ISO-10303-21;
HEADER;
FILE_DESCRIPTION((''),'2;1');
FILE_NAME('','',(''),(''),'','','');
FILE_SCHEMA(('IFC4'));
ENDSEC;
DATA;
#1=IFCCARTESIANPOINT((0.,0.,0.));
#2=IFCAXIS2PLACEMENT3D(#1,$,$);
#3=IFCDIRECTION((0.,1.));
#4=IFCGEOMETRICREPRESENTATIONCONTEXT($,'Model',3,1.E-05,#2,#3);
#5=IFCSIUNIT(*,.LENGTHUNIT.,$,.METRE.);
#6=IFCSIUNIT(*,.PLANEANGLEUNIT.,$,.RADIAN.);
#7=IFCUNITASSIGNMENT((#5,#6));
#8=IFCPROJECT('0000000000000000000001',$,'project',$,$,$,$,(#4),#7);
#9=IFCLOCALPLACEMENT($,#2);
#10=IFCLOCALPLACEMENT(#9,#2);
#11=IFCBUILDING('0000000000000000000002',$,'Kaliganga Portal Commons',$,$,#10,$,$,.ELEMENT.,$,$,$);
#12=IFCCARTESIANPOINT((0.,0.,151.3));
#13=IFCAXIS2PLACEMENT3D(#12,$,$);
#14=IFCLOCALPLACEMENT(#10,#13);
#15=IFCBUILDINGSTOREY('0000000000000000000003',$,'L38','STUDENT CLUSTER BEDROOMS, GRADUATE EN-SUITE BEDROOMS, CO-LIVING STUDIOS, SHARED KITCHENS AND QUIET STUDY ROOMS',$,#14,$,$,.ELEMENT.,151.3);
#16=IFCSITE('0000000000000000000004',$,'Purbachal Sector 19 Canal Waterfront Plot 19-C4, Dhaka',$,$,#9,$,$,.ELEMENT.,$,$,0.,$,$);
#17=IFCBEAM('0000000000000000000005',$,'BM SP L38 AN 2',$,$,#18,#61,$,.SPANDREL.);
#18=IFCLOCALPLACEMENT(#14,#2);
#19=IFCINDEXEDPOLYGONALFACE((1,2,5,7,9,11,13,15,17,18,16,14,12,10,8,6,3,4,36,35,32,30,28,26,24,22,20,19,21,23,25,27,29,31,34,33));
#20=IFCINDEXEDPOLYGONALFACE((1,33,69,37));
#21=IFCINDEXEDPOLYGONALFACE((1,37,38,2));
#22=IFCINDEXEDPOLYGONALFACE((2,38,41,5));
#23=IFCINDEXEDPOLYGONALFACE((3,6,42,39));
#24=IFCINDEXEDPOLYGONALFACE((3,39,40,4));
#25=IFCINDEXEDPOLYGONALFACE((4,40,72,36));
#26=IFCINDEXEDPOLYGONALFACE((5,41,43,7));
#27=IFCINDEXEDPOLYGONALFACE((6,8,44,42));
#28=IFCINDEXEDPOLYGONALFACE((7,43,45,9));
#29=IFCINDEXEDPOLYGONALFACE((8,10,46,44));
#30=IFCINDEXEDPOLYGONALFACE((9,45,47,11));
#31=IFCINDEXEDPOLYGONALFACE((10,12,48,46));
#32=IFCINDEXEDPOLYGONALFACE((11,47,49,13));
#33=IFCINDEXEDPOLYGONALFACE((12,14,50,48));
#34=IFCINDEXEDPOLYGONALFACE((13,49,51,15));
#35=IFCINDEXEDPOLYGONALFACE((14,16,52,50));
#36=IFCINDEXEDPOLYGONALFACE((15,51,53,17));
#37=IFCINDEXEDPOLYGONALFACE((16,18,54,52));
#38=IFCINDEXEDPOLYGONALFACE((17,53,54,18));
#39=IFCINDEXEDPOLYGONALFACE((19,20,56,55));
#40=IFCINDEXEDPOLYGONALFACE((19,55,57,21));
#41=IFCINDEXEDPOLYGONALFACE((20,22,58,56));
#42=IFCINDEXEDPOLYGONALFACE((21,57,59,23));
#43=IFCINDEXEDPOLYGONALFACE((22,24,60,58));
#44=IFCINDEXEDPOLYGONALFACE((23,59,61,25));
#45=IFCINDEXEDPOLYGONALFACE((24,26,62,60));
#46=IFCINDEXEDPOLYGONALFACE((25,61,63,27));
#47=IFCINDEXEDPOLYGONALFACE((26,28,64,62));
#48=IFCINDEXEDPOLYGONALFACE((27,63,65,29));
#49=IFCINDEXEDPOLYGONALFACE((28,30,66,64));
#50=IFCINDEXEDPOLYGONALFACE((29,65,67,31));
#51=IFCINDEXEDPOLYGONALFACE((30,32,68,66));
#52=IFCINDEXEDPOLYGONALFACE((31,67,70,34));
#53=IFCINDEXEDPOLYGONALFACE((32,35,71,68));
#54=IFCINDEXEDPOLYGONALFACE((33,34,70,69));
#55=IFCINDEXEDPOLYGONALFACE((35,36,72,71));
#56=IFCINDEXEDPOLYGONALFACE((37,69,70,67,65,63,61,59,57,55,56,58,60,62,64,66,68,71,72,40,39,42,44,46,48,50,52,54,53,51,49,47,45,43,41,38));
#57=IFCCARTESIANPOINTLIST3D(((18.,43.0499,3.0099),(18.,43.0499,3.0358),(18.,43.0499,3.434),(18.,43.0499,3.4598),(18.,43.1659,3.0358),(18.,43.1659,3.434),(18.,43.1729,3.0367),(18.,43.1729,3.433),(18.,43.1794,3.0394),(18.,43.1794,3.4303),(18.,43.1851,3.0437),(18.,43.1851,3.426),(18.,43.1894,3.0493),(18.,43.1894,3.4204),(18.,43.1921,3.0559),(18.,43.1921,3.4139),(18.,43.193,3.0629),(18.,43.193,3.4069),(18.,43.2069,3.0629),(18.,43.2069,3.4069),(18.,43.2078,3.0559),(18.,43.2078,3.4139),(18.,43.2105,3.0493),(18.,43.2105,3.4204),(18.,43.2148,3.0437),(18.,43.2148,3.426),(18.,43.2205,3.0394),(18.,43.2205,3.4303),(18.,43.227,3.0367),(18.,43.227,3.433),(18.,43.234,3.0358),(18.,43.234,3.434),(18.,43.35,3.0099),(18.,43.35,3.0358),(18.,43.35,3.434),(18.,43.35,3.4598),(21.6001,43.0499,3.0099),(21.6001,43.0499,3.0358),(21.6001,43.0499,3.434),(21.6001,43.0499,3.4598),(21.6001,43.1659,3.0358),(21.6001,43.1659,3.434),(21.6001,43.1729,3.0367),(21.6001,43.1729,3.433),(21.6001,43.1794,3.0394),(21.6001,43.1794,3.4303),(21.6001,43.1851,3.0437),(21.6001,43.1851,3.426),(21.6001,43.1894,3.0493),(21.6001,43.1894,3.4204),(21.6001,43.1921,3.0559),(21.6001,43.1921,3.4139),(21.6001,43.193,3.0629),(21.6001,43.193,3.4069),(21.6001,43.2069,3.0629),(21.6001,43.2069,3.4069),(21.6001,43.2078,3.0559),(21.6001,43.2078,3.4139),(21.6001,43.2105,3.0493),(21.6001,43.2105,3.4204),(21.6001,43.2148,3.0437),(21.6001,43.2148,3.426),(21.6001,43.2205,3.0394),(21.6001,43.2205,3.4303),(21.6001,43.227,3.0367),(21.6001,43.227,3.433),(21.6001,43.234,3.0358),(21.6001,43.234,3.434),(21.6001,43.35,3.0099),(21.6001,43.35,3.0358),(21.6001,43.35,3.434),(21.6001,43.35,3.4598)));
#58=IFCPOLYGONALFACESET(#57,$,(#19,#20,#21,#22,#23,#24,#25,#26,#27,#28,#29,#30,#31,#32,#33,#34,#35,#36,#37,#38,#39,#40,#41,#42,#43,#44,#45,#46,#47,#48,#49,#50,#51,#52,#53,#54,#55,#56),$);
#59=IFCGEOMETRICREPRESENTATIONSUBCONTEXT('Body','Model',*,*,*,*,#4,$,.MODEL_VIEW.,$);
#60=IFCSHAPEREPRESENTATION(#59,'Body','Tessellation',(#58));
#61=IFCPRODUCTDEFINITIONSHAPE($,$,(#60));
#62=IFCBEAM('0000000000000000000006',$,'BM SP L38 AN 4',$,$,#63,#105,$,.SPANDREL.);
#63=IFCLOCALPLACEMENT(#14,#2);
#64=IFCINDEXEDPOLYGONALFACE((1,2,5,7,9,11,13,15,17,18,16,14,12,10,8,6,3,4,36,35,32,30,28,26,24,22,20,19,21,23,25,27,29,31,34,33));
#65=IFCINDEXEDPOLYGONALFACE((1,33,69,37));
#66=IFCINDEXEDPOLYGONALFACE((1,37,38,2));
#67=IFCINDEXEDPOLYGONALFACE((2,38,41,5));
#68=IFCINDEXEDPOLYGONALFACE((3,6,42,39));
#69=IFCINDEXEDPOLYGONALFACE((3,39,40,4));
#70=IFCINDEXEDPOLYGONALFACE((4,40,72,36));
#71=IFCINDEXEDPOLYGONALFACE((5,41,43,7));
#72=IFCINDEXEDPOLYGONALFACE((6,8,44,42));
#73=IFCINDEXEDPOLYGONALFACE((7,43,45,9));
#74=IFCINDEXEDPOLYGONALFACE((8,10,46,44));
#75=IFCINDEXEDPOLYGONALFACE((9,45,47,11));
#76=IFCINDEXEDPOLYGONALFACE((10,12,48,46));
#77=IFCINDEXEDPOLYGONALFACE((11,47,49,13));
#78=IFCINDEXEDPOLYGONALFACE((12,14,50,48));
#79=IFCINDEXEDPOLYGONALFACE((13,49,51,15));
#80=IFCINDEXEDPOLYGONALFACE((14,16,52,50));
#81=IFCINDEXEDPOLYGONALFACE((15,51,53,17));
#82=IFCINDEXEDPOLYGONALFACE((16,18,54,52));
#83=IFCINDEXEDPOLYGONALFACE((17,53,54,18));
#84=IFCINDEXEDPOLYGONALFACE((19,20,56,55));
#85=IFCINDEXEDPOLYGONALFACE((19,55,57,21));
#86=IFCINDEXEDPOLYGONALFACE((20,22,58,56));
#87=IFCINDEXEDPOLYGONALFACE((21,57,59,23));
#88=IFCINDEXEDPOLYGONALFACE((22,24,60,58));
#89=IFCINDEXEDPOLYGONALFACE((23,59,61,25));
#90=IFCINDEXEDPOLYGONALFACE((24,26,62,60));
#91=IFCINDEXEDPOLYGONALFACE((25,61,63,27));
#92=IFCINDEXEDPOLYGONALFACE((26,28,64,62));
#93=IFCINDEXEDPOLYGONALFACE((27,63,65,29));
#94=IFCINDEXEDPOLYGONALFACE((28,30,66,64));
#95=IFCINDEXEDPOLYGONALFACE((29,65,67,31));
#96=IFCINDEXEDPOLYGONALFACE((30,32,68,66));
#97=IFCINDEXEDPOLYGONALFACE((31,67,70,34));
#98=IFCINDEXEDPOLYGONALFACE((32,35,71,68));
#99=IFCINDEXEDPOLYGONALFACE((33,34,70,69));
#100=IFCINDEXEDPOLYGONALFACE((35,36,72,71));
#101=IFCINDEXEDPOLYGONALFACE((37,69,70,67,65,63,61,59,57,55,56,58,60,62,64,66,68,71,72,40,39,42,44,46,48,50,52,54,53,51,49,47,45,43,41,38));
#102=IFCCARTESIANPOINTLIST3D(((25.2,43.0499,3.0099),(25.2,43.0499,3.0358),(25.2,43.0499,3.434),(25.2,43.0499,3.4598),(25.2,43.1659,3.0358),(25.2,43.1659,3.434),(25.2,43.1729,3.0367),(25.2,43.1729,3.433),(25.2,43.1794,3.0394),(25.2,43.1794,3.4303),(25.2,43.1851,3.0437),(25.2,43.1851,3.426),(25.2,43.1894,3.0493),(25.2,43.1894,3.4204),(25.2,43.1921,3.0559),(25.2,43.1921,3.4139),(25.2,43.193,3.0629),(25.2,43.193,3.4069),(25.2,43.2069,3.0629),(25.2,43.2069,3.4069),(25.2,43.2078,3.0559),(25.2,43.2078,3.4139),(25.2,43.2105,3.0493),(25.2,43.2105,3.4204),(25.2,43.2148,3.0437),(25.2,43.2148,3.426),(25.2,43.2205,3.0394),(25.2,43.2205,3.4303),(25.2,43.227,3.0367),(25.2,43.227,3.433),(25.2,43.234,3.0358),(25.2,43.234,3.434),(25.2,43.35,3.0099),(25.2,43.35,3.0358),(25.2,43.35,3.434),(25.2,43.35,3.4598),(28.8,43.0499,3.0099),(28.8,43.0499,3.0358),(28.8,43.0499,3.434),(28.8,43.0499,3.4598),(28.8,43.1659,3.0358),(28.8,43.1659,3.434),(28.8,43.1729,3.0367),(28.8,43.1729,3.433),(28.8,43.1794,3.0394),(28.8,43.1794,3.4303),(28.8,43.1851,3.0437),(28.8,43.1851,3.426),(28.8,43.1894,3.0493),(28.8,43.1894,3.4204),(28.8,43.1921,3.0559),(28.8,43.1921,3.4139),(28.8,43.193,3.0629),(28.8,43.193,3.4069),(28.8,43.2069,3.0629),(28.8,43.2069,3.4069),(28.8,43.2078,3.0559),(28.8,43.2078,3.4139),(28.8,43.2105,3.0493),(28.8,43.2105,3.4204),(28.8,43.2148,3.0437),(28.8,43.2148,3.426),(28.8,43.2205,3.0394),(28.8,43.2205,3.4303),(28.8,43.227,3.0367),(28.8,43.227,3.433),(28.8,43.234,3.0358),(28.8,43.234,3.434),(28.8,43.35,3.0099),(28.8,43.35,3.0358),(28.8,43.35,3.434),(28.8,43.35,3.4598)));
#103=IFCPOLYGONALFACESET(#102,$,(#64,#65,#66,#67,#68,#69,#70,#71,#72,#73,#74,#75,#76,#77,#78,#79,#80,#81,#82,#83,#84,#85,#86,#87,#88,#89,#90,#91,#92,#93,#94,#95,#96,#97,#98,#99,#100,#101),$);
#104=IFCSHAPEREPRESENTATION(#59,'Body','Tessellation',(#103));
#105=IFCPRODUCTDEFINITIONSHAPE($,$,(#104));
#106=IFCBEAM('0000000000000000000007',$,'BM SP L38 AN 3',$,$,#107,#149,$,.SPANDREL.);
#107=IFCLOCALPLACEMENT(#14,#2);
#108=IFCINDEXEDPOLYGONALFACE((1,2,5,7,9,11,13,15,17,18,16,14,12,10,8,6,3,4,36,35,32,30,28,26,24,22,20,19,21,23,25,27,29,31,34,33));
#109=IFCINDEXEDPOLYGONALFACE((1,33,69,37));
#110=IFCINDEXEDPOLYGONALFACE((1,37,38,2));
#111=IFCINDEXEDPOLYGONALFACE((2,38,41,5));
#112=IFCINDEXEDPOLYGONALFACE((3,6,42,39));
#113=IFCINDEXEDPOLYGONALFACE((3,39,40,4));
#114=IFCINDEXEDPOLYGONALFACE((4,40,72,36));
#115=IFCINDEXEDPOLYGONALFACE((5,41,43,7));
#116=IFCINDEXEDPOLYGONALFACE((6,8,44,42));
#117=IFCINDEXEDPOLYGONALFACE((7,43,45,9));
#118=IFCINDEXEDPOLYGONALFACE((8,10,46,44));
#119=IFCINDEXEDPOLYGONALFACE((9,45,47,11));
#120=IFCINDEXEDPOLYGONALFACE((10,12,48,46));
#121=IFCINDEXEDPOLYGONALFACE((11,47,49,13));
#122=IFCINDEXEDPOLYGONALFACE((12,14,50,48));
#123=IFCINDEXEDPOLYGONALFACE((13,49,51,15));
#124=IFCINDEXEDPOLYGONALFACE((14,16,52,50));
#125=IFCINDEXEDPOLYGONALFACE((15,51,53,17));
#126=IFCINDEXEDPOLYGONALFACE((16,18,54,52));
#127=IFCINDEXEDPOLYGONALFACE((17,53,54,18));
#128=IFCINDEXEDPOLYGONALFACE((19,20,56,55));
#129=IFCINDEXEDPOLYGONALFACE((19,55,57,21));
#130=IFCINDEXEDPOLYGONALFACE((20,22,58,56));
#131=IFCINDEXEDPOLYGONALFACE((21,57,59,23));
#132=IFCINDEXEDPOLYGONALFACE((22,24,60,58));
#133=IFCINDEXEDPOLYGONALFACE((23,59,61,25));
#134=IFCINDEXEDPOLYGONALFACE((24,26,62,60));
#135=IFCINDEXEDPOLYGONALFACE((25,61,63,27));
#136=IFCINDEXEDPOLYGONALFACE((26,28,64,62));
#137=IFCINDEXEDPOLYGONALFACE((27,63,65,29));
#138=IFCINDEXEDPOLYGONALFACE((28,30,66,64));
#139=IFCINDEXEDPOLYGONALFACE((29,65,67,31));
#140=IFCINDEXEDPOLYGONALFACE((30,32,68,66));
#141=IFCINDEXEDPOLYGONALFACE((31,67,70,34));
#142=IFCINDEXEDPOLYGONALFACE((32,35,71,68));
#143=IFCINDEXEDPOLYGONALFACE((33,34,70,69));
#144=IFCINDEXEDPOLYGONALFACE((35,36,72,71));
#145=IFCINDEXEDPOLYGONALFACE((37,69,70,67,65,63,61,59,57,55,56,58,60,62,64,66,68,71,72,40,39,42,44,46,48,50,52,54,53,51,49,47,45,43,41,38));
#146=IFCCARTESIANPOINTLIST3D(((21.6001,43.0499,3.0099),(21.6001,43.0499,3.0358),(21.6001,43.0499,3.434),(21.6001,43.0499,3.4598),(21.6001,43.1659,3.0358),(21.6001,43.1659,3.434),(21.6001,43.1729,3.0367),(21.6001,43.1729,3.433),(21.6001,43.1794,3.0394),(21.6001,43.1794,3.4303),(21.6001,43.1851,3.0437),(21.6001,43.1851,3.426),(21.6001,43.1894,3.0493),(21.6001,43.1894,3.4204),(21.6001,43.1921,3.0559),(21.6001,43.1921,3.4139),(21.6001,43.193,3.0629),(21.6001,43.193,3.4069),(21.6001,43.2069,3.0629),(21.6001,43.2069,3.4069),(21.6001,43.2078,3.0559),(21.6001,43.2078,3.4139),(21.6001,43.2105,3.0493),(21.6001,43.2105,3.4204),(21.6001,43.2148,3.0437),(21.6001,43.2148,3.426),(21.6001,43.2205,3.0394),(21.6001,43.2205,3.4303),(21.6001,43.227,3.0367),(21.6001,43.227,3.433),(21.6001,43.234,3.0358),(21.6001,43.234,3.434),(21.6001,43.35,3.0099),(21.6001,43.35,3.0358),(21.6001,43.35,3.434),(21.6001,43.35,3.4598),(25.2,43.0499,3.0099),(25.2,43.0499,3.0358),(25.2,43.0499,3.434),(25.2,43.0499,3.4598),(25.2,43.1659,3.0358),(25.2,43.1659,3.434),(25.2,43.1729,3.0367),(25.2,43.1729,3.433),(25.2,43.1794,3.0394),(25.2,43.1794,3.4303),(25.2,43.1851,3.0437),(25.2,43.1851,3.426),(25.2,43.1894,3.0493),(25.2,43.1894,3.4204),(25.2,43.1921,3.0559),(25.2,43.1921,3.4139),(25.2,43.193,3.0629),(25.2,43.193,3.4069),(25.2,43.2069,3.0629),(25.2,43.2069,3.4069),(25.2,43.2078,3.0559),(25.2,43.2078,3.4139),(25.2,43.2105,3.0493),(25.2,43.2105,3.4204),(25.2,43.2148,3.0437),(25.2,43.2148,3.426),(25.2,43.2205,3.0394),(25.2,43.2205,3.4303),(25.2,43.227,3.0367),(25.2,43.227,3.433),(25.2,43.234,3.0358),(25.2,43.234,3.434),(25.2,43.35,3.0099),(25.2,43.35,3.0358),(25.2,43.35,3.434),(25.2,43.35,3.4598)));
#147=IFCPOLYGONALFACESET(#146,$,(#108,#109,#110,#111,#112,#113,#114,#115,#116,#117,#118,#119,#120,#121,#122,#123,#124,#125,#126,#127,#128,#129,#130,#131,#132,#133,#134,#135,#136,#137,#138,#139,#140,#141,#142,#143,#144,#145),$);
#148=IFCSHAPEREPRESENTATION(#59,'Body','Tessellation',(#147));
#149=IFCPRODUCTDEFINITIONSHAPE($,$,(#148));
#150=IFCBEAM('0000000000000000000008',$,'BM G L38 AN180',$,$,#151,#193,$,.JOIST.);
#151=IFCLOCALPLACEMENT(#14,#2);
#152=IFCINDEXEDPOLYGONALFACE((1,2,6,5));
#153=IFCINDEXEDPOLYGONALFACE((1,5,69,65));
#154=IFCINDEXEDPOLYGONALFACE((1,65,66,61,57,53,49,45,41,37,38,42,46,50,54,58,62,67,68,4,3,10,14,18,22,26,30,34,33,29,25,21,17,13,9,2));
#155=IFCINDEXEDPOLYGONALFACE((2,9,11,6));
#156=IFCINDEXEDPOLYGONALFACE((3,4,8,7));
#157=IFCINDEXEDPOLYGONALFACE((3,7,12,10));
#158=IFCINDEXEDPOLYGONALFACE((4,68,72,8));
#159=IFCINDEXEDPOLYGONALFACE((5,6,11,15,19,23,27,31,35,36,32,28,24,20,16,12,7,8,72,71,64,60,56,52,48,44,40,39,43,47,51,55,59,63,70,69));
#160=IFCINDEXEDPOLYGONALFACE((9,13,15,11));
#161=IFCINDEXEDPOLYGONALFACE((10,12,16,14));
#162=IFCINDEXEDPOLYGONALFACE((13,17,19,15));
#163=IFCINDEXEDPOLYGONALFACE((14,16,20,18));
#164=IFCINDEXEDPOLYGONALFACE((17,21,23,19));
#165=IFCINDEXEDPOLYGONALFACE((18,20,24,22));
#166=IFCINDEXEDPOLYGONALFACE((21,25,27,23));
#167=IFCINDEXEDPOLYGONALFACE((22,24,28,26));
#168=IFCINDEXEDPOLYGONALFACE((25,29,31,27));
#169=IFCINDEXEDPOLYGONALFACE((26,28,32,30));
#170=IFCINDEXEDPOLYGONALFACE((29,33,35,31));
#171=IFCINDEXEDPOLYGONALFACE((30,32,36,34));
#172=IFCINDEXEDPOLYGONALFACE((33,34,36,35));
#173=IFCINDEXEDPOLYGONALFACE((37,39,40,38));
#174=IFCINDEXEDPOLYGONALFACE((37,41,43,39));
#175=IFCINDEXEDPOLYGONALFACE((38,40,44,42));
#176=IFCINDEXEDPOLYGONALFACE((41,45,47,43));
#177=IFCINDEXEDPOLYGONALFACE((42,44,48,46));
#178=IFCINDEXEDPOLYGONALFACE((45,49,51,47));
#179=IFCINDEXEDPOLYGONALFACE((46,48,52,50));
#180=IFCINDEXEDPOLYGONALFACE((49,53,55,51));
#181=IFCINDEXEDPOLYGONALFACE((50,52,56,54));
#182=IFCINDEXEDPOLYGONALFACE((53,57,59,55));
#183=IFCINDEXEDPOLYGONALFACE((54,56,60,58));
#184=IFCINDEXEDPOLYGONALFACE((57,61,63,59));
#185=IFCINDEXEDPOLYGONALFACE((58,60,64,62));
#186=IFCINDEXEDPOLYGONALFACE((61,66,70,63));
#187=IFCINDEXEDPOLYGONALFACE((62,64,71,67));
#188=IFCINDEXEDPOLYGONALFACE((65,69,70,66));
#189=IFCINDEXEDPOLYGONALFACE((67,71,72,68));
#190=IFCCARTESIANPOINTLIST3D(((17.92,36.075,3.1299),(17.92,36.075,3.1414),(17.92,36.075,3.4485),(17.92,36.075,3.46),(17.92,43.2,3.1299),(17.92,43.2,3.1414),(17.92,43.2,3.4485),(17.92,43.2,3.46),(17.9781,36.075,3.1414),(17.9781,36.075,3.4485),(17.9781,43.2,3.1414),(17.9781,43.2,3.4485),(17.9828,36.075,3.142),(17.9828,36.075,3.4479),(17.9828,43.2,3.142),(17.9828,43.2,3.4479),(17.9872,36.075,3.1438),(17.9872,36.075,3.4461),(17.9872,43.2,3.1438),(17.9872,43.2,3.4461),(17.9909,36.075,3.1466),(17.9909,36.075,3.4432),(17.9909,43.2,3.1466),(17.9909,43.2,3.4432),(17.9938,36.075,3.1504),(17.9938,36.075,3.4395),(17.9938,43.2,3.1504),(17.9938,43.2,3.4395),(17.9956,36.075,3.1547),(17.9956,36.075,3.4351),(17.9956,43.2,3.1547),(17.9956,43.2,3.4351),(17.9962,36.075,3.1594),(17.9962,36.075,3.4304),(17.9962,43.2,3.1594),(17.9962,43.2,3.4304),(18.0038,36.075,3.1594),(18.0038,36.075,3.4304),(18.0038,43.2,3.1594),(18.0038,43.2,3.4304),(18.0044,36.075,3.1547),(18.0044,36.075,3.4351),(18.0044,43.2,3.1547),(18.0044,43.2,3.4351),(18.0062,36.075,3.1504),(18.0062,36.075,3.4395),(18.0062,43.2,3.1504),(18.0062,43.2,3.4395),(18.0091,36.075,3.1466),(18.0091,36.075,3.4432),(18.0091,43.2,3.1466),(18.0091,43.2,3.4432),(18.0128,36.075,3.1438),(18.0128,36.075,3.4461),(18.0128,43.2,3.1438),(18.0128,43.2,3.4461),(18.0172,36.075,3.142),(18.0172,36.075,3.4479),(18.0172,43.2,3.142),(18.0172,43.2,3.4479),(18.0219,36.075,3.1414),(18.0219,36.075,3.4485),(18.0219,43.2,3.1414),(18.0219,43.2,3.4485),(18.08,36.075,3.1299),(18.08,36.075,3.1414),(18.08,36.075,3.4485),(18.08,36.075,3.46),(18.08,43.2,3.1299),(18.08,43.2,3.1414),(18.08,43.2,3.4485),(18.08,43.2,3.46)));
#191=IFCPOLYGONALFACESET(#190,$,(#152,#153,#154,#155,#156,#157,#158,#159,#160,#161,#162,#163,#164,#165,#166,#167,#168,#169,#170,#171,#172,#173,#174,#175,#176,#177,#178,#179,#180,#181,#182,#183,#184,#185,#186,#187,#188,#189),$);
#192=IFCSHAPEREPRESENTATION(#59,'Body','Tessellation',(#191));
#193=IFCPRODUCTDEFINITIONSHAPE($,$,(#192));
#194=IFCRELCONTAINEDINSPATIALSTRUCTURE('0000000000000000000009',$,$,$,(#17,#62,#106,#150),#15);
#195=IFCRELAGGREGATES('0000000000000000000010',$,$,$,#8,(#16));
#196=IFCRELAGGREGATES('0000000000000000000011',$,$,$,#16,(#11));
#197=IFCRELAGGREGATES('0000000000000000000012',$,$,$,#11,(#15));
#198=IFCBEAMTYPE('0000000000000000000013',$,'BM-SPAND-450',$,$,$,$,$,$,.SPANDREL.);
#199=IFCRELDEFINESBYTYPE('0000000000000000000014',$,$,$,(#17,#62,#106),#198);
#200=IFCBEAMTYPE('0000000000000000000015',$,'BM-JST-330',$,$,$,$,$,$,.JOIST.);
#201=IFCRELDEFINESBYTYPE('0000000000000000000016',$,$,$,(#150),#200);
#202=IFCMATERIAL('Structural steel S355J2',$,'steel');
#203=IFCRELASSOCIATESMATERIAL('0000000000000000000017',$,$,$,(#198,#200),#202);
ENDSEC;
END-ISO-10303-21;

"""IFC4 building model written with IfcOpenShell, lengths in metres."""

from ifc_helpers import new_model, si_unit, direction, frame, origin, origin_2d, place, context, subcontext, project, spatial, i_section, extrude, source, transform, mapped, material, material_profile, profile_set, type_object, element, save


model = new_model("IFC4")

# Units and contexts
model_context = context("Model", 3, precision=1e-05, world=origin(), true_north=direction((0.0, 1.0)))
body_context = subcontext(model_context, "Body", "Model", "MODEL_VIEW")
ifc_project = project(units=[si_unit("LENGTHUNIT", "METRE"), si_unit("PLANEANGLEUNIT", "RADIAN")], contexts=[model_context])

# Site, building, storey
site_placement = place(None, origin())
site = spatial("IfcSite", under=ifc_project, at=site_placement, Name="Purbachal Sector 19 Canal Waterfront Plot 19-C4, Dhaka", CompositionType="ELEMENT", RefElevation=0.0)
building_placement = place(site_placement, origin())
building = spatial("IfcBuilding", under=site, at=building_placement, Name="Kaliganga Portal Commons", CompositionType="ELEMENT")
storey_placement = place(building_placement, frame((0.0, 0.0, 151.3)))
storey = spatial("IfcBuildingStorey", under=building, at=storey_placement, Name="L38", Description="STUDENT CLUSTER BEDROOMS, GRADUATE EN-SUITE BEDROOMS, CO-LIVING STUDIOS, SHARED KITCHENS AND QUIET STUDY ROOMS", CompositionType="ELEMENT", Elevation=151.3)

# Beams
ifc_material_1 = material(Name="Structural steel S355J2", Category="steel")
ifc_material_profile_1 = material_profile(ifc_material_1, i_section(OverallWidth=0.3, OverallDepth=0.45, WebThickness=0.0139, FlangeThickness=0.0259, FilletRadius=0.0271, at=origin_2d()), Name="HE 450 B")
ifc_profile_set_1 = profile_set([ifc_material_profile_1], Name="Structural steel S355J2 wide-flange")
beam_type_1 = type_object("IfcBeamType", Name="BM-SPAND-450", PredefinedType="SPANDREL", material=ifc_profile_set_1)
shared_shape_1 = source(origin(), body_context, "Body", "SweptSolid", [
    extrude(i_section(OverallWidth=0.3, OverallDepth=0.45, WebThickness=0.0139, FlangeThickness=0.0259, FilletRadius=0.0271, at=origin_2d()), origin(), (0.0, 0.0, 1.0), 3.6001),
])
for number, where, z_axis, x_axis, name in (
    (1, (18.0, 43.2, 3.2349), (1.0, 0.0, 0.0), (0.0, 1.0, 0.0), "BM SP L38 AN 2"),
    (2, (25.2, 43.2, 3.2349), (1.0, 0.0, 0.0), (0.0, 1.0, 0.0), "BM SP L38 AN 4"),
):
    element("IfcBeam", number, at=place(storey_placement, frame(where, z_axis=z_axis, x_axis=x_axis)), inside=storey, type_object=beam_type_1, Name=name, PredefinedType="SPANDREL", context=body_context, shape_type="MappedRepresentation", body=[
        mapped(shared_shape_1, transform((0.0, 0.0, 0.0), x_axis=(1.0, 0.0, 0.0), y_axis=(0.0, 1.0, 0.0), z_axis=(0.0, 0.0, 1.0), scale=1.0)),
    ])
shared_shape_2 = source(origin(), body_context, "Body", "SweptSolid", [
    extrude(i_section(OverallWidth=0.3, OverallDepth=0.45, WebThickness=0.0139, FlangeThickness=0.0259, FilletRadius=0.0271, at=origin_2d()), origin(), (0.0, 0.0, 1.0), 3.5999),
])
beam_1_placement = place(storey_placement, frame((21.6001, 43.2, 3.2349), z_axis=(1.0, 0.0, 0.0), x_axis=(0.0, 1.0, 0.0)))
element("IfcBeam", 3, at=beam_1_placement, inside=storey, type_object=beam_type_1, Name="BM SP L38 AN 3", PredefinedType="SPANDREL", context=body_context, shape_type="MappedRepresentation", body=[
    mapped(shared_shape_2, transform((0.0, 0.0, 0.0), x_axis=(1.0, 0.0, 0.0), y_axis=(0.0, 1.0, 0.0), z_axis=(0.0, 0.0, 1.0), scale=1.0)),
])
ifc_material_profile_2 = material_profile(ifc_material_1, i_section(OverallWidth=0.1599, OverallDepth=0.3301, WebThickness=0.0076, FlangeThickness=0.0115, FilletRadius=0.0181, at=origin_2d()), Name="IPE 330")
ifc_profile_set_2 = profile_set([ifc_material_profile_2], Name="Structural steel S355J2 wide-flange")
beam_type_2 = type_object("IfcBeamType", Name="BM-JST-330", PredefinedType="JOIST", material=ifc_profile_set_2)
shared_shape_3 = source(origin(), body_context, "Body", "SweptSolid", [
    extrude(i_section(OverallWidth=0.1599, OverallDepth=0.3301, WebThickness=0.0076, FlangeThickness=0.0115, FilletRadius=0.0181, at=origin_2d()), origin(), (0.0, 0.0, 1.0), 7.125),
])
for number, where, z_axis, x_axis, name in (
    (4, (18.0, 36.075, 3.2949), (0.0, 1.0, 0.0), (-1.0, 0.0, 0.0), "BM G L38 AN180"),
):
    element("IfcBeam", number, at=place(storey_placement, frame(where, z_axis=z_axis, x_axis=x_axis)), inside=storey, type_object=beam_type_2, Name=name, PredefinedType="JOIST", context=body_context, shape_type="MappedRepresentation", body=[
        mapped(shared_shape_3, transform((0.0, 0.0, 0.0), x_axis=(1.0, 0.0, 0.0), y_axis=(0.0, 1.0, 0.0), z_axis=(0.0, 0.0, 1.0), scale=1.0)),
    ])

save(model, "model.ifc")
